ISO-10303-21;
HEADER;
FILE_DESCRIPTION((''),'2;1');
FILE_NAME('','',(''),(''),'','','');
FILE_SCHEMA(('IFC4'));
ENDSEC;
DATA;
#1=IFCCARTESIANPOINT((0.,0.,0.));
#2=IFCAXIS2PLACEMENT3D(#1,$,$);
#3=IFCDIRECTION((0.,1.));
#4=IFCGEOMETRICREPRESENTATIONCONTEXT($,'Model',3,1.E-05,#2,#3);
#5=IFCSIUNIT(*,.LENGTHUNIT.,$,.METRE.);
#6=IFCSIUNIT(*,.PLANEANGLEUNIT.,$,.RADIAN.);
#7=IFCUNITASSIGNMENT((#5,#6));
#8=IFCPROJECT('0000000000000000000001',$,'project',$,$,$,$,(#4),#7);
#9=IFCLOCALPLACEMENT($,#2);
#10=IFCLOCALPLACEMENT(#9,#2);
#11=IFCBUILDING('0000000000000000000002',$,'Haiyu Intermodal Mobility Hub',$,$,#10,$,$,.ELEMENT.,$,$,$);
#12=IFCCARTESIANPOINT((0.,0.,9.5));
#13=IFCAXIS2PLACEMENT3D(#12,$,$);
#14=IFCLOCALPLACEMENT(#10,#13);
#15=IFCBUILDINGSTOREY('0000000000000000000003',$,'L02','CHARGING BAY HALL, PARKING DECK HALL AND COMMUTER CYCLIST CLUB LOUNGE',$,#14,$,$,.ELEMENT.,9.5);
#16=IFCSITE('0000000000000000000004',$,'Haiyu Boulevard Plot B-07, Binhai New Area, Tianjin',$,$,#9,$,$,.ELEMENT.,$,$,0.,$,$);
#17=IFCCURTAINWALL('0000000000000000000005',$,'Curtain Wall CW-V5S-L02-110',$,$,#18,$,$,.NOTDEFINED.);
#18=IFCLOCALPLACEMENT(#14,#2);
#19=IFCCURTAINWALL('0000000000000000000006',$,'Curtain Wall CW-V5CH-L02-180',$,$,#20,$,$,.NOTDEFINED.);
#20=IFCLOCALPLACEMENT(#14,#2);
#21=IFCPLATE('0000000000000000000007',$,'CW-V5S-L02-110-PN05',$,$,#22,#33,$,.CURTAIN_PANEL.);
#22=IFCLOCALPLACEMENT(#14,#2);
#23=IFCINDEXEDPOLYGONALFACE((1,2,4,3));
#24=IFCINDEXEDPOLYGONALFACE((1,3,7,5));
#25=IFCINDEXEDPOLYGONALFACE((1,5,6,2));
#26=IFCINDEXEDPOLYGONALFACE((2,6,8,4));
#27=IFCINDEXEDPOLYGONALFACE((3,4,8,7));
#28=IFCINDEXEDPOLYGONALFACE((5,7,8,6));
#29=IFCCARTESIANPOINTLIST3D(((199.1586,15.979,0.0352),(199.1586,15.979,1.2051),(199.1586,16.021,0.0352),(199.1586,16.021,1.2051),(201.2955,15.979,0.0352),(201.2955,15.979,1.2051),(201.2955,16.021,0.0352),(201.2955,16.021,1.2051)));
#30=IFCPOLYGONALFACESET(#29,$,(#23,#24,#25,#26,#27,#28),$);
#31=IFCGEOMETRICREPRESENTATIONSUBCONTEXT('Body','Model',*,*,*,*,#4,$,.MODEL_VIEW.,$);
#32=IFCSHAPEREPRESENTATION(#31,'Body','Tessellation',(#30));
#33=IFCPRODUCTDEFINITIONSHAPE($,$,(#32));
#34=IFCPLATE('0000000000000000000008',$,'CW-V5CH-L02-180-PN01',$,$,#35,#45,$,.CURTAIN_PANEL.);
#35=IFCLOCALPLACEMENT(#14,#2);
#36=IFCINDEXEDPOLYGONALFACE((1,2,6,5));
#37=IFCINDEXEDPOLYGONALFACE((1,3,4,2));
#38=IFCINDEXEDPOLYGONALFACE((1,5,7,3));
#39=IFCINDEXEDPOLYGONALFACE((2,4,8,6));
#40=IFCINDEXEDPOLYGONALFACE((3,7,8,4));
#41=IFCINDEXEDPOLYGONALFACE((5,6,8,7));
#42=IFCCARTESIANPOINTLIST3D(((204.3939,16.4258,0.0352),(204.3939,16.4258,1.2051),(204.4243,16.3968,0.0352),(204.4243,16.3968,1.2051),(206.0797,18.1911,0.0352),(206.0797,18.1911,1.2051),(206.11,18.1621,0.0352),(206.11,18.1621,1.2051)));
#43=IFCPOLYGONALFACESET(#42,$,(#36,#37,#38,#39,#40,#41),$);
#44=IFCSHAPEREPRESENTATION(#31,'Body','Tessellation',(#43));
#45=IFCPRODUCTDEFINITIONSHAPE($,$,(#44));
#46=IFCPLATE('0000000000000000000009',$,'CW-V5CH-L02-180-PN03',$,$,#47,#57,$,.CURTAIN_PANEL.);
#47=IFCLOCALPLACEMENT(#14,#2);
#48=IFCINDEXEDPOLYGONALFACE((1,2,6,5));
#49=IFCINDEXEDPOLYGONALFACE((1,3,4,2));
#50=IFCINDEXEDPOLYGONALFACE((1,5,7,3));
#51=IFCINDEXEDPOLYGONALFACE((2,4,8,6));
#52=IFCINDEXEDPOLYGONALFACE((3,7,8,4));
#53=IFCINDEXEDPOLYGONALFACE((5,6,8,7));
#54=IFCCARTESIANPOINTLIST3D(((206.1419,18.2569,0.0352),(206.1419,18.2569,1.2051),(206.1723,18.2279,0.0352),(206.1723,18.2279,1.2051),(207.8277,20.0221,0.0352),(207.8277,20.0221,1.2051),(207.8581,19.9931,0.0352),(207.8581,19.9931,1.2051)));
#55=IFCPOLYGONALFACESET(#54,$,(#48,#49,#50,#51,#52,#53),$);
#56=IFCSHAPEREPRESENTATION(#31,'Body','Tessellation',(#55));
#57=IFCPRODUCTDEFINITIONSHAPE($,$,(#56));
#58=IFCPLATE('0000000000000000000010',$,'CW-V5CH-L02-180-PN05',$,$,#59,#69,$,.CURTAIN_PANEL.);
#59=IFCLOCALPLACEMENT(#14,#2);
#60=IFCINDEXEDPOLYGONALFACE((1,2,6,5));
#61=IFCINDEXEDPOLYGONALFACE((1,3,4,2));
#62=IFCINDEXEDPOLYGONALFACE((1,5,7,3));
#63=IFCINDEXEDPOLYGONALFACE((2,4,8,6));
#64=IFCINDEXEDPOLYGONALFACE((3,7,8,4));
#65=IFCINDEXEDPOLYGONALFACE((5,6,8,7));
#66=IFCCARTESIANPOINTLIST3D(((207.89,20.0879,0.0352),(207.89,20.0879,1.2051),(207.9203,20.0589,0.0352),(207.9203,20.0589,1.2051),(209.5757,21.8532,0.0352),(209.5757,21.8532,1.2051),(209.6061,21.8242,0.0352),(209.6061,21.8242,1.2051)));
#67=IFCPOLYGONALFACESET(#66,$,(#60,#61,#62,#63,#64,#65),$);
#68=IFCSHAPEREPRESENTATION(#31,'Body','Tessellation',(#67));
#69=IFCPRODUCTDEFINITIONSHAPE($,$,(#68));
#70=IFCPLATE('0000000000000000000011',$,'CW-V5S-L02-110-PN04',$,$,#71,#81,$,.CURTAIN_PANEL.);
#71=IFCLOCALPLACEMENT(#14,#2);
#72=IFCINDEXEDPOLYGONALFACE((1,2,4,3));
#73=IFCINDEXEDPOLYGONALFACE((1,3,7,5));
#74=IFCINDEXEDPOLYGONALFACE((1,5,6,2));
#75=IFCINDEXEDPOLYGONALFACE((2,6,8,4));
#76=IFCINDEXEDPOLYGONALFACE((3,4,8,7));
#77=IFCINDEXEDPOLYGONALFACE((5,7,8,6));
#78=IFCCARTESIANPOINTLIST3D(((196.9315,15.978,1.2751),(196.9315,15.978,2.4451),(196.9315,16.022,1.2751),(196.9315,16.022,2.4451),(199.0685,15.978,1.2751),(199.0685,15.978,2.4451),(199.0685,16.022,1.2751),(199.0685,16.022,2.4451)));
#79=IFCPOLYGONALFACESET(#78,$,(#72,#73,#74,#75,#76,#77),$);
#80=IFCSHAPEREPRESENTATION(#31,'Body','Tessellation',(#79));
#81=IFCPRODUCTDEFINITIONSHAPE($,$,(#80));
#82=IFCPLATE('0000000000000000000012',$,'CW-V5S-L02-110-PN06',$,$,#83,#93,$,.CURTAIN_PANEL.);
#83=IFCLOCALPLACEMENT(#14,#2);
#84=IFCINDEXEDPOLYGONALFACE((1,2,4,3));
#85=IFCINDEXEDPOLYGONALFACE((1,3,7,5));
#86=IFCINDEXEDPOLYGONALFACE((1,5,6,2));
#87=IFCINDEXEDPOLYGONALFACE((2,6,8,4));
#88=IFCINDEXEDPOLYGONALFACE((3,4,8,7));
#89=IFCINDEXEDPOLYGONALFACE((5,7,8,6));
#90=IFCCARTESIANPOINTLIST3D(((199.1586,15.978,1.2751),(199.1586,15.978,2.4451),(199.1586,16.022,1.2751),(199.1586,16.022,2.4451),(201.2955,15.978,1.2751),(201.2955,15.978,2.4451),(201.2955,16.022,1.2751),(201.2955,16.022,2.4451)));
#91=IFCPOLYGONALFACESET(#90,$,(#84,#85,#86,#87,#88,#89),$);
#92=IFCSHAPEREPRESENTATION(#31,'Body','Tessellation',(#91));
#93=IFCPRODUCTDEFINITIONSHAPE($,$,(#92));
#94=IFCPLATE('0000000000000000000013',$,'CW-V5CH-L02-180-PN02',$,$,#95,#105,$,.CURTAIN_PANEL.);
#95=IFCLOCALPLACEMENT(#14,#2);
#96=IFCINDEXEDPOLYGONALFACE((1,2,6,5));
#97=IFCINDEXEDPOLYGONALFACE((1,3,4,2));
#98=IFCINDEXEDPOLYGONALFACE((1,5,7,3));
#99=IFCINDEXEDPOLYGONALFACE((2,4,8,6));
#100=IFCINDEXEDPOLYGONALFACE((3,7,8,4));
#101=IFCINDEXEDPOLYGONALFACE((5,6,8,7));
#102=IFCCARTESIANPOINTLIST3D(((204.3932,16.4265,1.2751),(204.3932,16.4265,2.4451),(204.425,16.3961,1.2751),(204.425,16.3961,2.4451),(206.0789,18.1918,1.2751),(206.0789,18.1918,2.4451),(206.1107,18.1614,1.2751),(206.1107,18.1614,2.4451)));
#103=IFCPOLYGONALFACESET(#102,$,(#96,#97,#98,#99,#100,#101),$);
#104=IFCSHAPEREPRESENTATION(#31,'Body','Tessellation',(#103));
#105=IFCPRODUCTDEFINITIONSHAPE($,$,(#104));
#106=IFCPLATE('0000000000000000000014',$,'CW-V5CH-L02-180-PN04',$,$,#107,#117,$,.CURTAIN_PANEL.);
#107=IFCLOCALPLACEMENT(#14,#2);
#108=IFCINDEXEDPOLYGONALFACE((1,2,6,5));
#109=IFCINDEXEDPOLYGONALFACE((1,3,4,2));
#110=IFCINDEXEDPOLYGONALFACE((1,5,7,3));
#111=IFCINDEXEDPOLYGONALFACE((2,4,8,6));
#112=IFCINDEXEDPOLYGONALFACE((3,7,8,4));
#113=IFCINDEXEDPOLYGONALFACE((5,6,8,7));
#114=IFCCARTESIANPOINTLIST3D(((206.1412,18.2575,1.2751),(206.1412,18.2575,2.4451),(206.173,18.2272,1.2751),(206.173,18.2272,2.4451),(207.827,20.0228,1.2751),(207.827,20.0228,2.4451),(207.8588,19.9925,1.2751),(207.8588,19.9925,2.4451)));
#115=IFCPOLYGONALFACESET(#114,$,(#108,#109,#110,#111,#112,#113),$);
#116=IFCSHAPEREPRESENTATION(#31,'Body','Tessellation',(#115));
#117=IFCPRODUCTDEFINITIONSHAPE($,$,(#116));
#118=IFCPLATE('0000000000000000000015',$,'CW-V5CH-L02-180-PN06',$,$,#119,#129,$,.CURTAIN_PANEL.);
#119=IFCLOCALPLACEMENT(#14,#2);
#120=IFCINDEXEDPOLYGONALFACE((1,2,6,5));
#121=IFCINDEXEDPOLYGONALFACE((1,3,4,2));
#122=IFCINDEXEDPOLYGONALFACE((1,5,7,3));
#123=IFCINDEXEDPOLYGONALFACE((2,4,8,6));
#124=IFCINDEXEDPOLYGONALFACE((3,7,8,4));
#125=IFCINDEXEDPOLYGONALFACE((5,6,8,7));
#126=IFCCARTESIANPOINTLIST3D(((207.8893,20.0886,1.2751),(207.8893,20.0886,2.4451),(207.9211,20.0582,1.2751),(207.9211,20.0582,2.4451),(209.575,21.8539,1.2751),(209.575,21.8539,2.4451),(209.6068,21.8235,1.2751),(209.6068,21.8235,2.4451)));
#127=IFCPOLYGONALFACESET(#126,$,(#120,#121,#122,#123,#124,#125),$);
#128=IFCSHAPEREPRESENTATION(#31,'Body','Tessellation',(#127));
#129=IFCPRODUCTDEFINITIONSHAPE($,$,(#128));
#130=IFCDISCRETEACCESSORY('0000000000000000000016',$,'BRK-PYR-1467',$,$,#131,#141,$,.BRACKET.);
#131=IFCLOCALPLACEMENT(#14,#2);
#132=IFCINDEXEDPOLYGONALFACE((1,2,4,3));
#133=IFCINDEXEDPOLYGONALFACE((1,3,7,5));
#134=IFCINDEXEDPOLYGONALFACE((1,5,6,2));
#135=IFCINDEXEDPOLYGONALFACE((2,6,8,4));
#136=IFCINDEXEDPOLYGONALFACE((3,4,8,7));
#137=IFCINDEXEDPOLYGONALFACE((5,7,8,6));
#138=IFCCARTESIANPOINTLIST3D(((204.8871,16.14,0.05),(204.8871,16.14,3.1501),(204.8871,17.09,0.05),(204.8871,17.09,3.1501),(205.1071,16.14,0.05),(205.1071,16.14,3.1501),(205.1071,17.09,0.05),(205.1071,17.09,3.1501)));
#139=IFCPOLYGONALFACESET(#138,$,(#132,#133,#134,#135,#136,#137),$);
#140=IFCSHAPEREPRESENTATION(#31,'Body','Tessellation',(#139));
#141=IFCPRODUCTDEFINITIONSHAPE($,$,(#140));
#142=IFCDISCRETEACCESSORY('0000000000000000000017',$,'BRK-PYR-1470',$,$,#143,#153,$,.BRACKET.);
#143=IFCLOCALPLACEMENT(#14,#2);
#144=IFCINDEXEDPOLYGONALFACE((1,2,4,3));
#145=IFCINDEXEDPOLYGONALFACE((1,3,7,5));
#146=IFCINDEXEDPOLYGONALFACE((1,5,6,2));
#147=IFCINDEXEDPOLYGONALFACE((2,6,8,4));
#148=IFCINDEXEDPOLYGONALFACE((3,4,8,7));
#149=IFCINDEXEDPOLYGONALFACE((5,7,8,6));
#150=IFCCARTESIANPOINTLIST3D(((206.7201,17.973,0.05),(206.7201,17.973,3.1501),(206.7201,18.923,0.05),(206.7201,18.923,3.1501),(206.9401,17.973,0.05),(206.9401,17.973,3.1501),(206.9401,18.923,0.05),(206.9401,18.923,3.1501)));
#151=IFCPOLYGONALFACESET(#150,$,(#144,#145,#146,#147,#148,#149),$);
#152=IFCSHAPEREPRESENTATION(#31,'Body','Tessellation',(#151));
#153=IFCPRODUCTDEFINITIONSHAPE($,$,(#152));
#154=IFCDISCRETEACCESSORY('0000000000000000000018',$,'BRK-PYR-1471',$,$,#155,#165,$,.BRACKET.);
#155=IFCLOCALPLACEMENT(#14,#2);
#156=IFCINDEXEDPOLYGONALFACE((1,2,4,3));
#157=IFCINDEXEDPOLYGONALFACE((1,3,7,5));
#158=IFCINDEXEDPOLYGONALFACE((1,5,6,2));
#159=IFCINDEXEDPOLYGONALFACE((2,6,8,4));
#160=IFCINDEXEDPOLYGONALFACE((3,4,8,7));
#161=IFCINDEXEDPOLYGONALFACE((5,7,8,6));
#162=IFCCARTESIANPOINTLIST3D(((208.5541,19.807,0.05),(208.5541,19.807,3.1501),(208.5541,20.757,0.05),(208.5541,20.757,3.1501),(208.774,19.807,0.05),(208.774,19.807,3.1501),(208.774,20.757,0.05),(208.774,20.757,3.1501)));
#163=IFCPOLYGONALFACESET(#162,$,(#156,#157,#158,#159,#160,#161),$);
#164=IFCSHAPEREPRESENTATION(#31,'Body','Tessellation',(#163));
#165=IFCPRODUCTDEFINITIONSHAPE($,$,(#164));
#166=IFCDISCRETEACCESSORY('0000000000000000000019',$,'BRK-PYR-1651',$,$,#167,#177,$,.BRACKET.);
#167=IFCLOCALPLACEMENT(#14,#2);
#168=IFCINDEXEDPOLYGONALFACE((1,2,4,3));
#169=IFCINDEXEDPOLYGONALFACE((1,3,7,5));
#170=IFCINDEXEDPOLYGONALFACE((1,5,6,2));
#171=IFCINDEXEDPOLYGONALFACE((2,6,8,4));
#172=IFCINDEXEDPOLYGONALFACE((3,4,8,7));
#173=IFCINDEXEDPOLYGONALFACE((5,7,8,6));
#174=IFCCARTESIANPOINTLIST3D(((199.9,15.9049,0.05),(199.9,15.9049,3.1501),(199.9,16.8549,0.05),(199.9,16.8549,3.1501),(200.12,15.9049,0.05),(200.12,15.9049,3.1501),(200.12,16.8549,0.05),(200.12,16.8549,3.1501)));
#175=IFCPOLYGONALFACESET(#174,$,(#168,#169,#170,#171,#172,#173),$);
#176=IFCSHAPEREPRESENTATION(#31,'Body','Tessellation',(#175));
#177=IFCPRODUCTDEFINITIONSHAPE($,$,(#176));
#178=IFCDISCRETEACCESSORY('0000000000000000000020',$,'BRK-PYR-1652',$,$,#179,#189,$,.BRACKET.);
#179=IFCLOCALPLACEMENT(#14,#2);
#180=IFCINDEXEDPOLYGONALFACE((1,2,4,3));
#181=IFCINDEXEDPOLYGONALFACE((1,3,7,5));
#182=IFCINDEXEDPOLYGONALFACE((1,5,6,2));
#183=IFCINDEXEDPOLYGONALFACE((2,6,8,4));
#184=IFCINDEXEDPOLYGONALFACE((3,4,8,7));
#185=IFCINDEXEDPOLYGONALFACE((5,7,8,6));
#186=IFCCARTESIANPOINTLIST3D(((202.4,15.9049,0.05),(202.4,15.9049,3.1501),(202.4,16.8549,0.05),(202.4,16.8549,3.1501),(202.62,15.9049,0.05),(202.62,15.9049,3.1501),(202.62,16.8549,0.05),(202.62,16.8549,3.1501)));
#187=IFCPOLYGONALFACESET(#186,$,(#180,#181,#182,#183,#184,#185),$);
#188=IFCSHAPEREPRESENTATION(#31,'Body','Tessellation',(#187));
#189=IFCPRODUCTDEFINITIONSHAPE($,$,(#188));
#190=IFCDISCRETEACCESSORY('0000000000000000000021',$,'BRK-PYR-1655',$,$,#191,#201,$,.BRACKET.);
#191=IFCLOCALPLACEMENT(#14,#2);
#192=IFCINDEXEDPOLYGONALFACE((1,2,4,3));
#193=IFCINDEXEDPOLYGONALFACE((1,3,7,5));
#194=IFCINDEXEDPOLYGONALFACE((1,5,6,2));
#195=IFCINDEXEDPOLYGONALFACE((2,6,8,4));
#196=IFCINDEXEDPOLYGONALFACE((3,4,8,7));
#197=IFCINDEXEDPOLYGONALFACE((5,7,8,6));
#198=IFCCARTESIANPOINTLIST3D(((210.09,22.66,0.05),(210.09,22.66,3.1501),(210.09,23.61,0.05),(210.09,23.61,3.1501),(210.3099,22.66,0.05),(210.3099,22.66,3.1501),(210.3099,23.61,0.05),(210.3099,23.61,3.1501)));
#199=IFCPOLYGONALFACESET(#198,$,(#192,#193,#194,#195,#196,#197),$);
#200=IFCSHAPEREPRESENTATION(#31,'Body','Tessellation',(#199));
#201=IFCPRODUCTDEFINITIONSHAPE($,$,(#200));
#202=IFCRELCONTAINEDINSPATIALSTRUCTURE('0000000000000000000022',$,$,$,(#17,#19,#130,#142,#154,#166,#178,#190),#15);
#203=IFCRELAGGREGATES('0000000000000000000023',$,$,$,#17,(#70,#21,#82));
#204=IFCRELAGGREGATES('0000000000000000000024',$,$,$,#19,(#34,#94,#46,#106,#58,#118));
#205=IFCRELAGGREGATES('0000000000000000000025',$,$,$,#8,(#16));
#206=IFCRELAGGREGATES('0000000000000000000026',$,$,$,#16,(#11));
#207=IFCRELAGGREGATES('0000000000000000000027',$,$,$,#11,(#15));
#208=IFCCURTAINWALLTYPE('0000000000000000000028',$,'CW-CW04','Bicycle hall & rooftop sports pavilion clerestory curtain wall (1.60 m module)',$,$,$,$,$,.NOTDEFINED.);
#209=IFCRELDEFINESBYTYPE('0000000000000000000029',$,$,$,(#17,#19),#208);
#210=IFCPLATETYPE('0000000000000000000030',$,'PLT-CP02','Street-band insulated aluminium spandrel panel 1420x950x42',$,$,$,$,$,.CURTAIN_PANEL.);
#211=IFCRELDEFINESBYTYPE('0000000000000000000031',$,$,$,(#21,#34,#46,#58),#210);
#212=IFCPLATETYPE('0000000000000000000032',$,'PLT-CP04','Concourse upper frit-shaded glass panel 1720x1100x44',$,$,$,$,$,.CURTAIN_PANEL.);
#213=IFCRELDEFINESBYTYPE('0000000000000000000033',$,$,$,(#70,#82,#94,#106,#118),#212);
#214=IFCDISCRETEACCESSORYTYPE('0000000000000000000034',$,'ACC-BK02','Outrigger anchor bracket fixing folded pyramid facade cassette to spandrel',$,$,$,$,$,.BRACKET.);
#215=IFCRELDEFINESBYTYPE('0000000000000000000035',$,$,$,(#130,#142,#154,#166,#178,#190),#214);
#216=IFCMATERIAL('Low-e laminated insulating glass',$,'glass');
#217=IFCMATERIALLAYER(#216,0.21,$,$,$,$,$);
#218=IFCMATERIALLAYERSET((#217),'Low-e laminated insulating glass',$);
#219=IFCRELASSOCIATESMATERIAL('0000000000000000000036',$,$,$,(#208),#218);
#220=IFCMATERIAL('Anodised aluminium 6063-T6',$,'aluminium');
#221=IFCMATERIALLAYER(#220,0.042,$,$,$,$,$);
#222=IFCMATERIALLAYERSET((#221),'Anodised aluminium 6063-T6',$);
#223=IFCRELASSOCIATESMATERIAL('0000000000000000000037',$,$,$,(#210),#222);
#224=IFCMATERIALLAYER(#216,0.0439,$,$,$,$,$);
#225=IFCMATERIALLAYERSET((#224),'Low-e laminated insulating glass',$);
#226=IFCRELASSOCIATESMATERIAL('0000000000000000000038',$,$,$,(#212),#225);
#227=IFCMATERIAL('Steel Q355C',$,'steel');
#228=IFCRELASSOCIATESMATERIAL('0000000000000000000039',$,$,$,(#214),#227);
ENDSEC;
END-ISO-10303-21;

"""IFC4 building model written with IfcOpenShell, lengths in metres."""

from ifc_helpers import new_model, si_unit, direction, frame, origin, origin_2d, place, context, subcontext, project, spatial, rectangle, extrude, material, layer, layer_set, type_object, element, aggregate, save


model = new_model("IFC4")

# Units and contexts
model_context = context("Model", 3, precision=1e-05, world=origin(), true_north=direction((0.0, 1.0)))
body_context = subcontext(model_context, "Body", "Model", "MODEL_VIEW")
ifc_project = project(units=[si_unit("LENGTHUNIT", "METRE"), si_unit("PLANEANGLEUNIT", "RADIAN")], contexts=[model_context])

# Site, building, storey
site_placement = place(None, origin())
site = spatial("IfcSite", under=ifc_project, at=site_placement, Name="Haiyu Boulevard Plot B-07, Binhai New Area, Tianjin", CompositionType="ELEMENT", RefElevation=0.0)
building_placement = place(site_placement, origin())
building = spatial("IfcBuilding", under=site, at=building_placement, Name="Haiyu Intermodal Mobility Hub", CompositionType="ELEMENT")
storey_placement = place(building_placement, frame((0.0, 0.0, 9.5)))
storey = spatial("IfcBuildingStorey", under=building, at=storey_placement, Name="L02", Description="CHARGING BAY HALL, PARKING DECK HALL AND COMMUTER CYCLIST CLUB LOUNGE", CompositionType="ELEMENT", Elevation=9.5)

# Curtain walls
ifc_material_1 = material(Name="Low-e laminated insulating glass", Category="glass")
ifc_layer_1 = layer(ifc_material_1, 0.21)
ifc_layer_set_1 = layer_set([ifc_layer_1], Name="Low-e laminated insulating glass")
curtain_wall_type = type_object("IfcCurtainWallType", Name="CW-CW04", Description="Bicycle hall & rooftop sports pavilion clerestory curtain wall (1.60 m module)", PredefinedType="NOTDEFINED", material=ifc_layer_set_1)
curtain_wall_1_placement = place(storey_placement, origin())
curtain_wall_1 = element("IfcCurtainWall", 1, at=curtain_wall_1_placement, inside=storey, type_object=curtain_wall_type, Name="Curtain Wall CW-V5S-L02-110", PredefinedType="NOTDEFINED")
ifc_material_2 = material(Name="Anodised aluminium 6063-T6", Category="aluminium")
curtain_wall_2_placement = place(storey_placement, origin())
curtain_wall_2 = element("IfcCurtainWall", 2, at=curtain_wall_2_placement, inside=storey, type_object=curtain_wall_type, Name="Curtain Wall CW-V5CH-L02-180", PredefinedType="NOTDEFINED")

# Plates
ifc_layer_2 = layer(ifc_material_2, 0.042)
ifc_layer_set_2 = layer_set([ifc_layer_2], Name="Anodised aluminium 6063-T6")
plate_type_1 = type_object("IfcPlateType", Name="PLT-CP02", Description="Street-band insulated aluminium spandrel panel 1420x950x42", PredefinedType="CURTAIN_PANEL", material=ifc_layer_set_2)
plate_1_placement = place(storey_placement, frame((200.2271, 16.0, 0.0352), z_axis=(0.0, 0.0, 1.0), x_axis=(1.0, 0.0, 0.0)))
plate_1 = element("IfcPlate", 3, at=plate_1_placement, type_object=plate_type_1, Name="CW-V5S-L02-110-PN05", PredefinedType="CURTAIN_PANEL", context=body_context, shape_type="SweptSolid", body=[
    extrude(rectangle(XDim=2.137, YDim=0.042, at=origin_2d()), origin(), (0.0, 0.0, 1.0), 1.1699),
])
plate_2_placement = place(storey_placement, frame((205.252, 17.2939, 0.0352), z_axis=(0.0, 0.0, 1.0), x_axis=(0.690631, 0.723208, 0.0)))
plate_2 = element("IfcPlate", 4, at=plate_2_placement, type_object=plate_type_1, Name="CW-V5CH-L02-180-PN01", PredefinedType="CURTAIN_PANEL", context=body_context, shape_type="SweptSolid", body=[
    extrude(rectangle(XDim=2.4409, YDim=0.042, at=origin_2d()), origin(), (0.0, 0.0, 1.0), 1.1699),
])
plate_3_placement = place(storey_placement, frame((207.0, 19.125, 0.0352), z_axis=(0.0, 0.0, 1.0), x_axis=(0.690631, 0.723208, 0.0)))
plate_3 = element("IfcPlate", 5, at=plate_3_placement, type_object=plate_type_1, Name="CW-V5CH-L02-180-PN03", PredefinedType="CURTAIN_PANEL", context=body_context, shape_type="SweptSolid", body=[
    extrude(rectangle(XDim=2.4409, YDim=0.042, at=origin_2d()), origin(), (0.0, 0.0, 1.0), 1.1699),
])
plate_4_placement = place(storey_placement, frame((208.748, 20.9561, 0.0352), z_axis=(0.0, 0.0, 1.0), x_axis=(0.690631, 0.723208, 0.0)))
plate_4 = element("IfcPlate", 6, at=plate_4_placement, type_object=plate_type_1, Name="CW-V5CH-L02-180-PN05", PredefinedType="CURTAIN_PANEL", context=body_context, shape_type="SweptSolid", body=[
    extrude(rectangle(XDim=2.4409, YDim=0.042, at=origin_2d()), origin(), (0.0, 0.0, 1.0), 1.1699),
])
ifc_layer_3 = layer(ifc_material_1, 0.0439)
ifc_layer_set_3 = layer_set([ifc_layer_3], Name="Low-e laminated insulating glass")
plate_type_2 = type_object("IfcPlateType", Name="PLT-CP04", Description="Concourse upper frit-shaded glass panel 1720x1100x44", PredefinedType="CURTAIN_PANEL", material=ifc_layer_set_3)
plate_5_placement = place(storey_placement, frame((198.0, 16.0, 1.2751), z_axis=(0.0, 0.0, 1.0), x_axis=(1.0, 0.0, 0.0)))
plate_5 = element("IfcPlate", 7, at=plate_5_placement, type_object=plate_type_2, Name="CW-V5S-L02-110-PN04", PredefinedType="CURTAIN_PANEL", context=body_context, shape_type="SweptSolid", body=[
    extrude(rectangle(XDim=2.137, YDim=0.0439, at=origin_2d()), origin(), (0.0, 0.0, 1.0), 1.1699),
])
plate_6_placement = place(storey_placement, frame((200.2271, 16.0, 1.2751), z_axis=(0.0, 0.0, 1.0), x_axis=(1.0, 0.0, 0.0)))
plate_6 = element("IfcPlate", 8, at=plate_6_placement, type_object=plate_type_2, Name="CW-V5S-L02-110-PN06", PredefinedType="CURTAIN_PANEL", context=body_context, shape_type="SweptSolid", body=[
    extrude(rectangle(XDim=2.137, YDim=0.0439, at=origin_2d()), origin(), (0.0, 0.0, 1.0), 1.1699),
])
aggregate(curtain_wall_1, [plate_5, plate_1, plate_6])
plate_7_placement = place(storey_placement, frame((205.252, 17.2939, 1.2751), z_axis=(0.0, 0.0, 1.0), x_axis=(0.690631, 0.723208, 0.0)))
plate_7 = element("IfcPlate", 9, at=plate_7_placement, type_object=plate_type_2, Name="CW-V5CH-L02-180-PN02", PredefinedType="CURTAIN_PANEL", context=body_context, shape_type="SweptSolid", body=[
    extrude(rectangle(XDim=2.4409, YDim=0.0439, at=origin_2d()), origin(), (0.0, 0.0, 1.0), 1.1699),
])
plate_8_placement = place(storey_placement, frame((207.0, 19.125, 1.2751), z_axis=(0.0, 0.0, 1.0), x_axis=(0.690631, 0.723208, 0.0)))
plate_8 = element("IfcPlate", 10, at=plate_8_placement, type_object=plate_type_2, Name="CW-V5CH-L02-180-PN04", PredefinedType="CURTAIN_PANEL", context=body_context, shape_type="SweptSolid", body=[
    extrude(rectangle(XDim=2.4409, YDim=0.0439, at=origin_2d()), origin(), (0.0, 0.0, 1.0), 1.1699),
])
plate_9_placement = place(storey_placement, frame((208.748, 20.9561, 1.2751), z_axis=(0.0, 0.0, 1.0), x_axis=(0.690631, 0.723208, 0.0)))
plate_9 = element("IfcPlate", 11, at=plate_9_placement, type_object=plate_type_2, Name="CW-V5CH-L02-180-PN06", PredefinedType="CURTAIN_PANEL", context=body_context, shape_type="SweptSolid", body=[
    extrude(rectangle(XDim=2.4409, YDim=0.0439, at=origin_2d()), origin(), (0.0, 0.0, 1.0), 1.1699),
])
aggregate(curtain_wall_2, [plate_2, plate_7, plate_3, plate_8, plate_4, plate_9])

# Discrete accessories
ifc_material_3 = material(Name="Steel Q355C", Category="steel")
discrete_accessory_type = type_object("IfcDiscreteAccessoryType", Name="ACC-BK02", Description="Outrigger anchor bracket fixing folded pyramid facade cassette to spandrel", PredefinedType="BRACKET", material=ifc_material_3)
for number, where, z_axis, x_axis, name in (
    (12, (204.9971, 16.615, 0.05), (0.0, 0.0, 1.0), (1.0, 0.0, 0.0), "BRK-PYR-1467"),
    (13, (206.8301, 18.448, 0.05), (0.0, 0.0, 1.0), (1.0, 0.0, 0.0), "BRK-PYR-1470"),
    (14, (208.6641, 20.282, 0.05), (0.0, 0.0, 1.0), (1.0, 0.0, 0.0), "BRK-PYR-1471"),
    (15, (200.01, 16.3799, 0.05), (0.0, 0.0, 1.0), (1.0, 0.0, 0.0), "BRK-PYR-1651"),
    (16, (202.51, 16.3799, 0.05), (0.0, 0.0, 1.0), (1.0, 0.0, 0.0), "BRK-PYR-1652"),
    (17, (210.2, 23.135, 0.05), (0.0, 0.0, 1.0), (1.0, 0.0, 0.0), "BRK-PYR-1655"),
):
    element("IfcDiscreteAccessory", number, at=place(storey_placement, frame(where, z_axis=z_axis, x_axis=x_axis)), inside=storey, type_object=discrete_accessory_type, Name=name, PredefinedType="BRACKET", context=body_context, shape_type="SweptSolid", body=[
        extrude(rectangle(XDim=0.22, YDim=0.95, at=origin_2d()), origin(), (0.0, 0.0, 1.0), 3.1001),
    ])

save(model, "model.ifc")
